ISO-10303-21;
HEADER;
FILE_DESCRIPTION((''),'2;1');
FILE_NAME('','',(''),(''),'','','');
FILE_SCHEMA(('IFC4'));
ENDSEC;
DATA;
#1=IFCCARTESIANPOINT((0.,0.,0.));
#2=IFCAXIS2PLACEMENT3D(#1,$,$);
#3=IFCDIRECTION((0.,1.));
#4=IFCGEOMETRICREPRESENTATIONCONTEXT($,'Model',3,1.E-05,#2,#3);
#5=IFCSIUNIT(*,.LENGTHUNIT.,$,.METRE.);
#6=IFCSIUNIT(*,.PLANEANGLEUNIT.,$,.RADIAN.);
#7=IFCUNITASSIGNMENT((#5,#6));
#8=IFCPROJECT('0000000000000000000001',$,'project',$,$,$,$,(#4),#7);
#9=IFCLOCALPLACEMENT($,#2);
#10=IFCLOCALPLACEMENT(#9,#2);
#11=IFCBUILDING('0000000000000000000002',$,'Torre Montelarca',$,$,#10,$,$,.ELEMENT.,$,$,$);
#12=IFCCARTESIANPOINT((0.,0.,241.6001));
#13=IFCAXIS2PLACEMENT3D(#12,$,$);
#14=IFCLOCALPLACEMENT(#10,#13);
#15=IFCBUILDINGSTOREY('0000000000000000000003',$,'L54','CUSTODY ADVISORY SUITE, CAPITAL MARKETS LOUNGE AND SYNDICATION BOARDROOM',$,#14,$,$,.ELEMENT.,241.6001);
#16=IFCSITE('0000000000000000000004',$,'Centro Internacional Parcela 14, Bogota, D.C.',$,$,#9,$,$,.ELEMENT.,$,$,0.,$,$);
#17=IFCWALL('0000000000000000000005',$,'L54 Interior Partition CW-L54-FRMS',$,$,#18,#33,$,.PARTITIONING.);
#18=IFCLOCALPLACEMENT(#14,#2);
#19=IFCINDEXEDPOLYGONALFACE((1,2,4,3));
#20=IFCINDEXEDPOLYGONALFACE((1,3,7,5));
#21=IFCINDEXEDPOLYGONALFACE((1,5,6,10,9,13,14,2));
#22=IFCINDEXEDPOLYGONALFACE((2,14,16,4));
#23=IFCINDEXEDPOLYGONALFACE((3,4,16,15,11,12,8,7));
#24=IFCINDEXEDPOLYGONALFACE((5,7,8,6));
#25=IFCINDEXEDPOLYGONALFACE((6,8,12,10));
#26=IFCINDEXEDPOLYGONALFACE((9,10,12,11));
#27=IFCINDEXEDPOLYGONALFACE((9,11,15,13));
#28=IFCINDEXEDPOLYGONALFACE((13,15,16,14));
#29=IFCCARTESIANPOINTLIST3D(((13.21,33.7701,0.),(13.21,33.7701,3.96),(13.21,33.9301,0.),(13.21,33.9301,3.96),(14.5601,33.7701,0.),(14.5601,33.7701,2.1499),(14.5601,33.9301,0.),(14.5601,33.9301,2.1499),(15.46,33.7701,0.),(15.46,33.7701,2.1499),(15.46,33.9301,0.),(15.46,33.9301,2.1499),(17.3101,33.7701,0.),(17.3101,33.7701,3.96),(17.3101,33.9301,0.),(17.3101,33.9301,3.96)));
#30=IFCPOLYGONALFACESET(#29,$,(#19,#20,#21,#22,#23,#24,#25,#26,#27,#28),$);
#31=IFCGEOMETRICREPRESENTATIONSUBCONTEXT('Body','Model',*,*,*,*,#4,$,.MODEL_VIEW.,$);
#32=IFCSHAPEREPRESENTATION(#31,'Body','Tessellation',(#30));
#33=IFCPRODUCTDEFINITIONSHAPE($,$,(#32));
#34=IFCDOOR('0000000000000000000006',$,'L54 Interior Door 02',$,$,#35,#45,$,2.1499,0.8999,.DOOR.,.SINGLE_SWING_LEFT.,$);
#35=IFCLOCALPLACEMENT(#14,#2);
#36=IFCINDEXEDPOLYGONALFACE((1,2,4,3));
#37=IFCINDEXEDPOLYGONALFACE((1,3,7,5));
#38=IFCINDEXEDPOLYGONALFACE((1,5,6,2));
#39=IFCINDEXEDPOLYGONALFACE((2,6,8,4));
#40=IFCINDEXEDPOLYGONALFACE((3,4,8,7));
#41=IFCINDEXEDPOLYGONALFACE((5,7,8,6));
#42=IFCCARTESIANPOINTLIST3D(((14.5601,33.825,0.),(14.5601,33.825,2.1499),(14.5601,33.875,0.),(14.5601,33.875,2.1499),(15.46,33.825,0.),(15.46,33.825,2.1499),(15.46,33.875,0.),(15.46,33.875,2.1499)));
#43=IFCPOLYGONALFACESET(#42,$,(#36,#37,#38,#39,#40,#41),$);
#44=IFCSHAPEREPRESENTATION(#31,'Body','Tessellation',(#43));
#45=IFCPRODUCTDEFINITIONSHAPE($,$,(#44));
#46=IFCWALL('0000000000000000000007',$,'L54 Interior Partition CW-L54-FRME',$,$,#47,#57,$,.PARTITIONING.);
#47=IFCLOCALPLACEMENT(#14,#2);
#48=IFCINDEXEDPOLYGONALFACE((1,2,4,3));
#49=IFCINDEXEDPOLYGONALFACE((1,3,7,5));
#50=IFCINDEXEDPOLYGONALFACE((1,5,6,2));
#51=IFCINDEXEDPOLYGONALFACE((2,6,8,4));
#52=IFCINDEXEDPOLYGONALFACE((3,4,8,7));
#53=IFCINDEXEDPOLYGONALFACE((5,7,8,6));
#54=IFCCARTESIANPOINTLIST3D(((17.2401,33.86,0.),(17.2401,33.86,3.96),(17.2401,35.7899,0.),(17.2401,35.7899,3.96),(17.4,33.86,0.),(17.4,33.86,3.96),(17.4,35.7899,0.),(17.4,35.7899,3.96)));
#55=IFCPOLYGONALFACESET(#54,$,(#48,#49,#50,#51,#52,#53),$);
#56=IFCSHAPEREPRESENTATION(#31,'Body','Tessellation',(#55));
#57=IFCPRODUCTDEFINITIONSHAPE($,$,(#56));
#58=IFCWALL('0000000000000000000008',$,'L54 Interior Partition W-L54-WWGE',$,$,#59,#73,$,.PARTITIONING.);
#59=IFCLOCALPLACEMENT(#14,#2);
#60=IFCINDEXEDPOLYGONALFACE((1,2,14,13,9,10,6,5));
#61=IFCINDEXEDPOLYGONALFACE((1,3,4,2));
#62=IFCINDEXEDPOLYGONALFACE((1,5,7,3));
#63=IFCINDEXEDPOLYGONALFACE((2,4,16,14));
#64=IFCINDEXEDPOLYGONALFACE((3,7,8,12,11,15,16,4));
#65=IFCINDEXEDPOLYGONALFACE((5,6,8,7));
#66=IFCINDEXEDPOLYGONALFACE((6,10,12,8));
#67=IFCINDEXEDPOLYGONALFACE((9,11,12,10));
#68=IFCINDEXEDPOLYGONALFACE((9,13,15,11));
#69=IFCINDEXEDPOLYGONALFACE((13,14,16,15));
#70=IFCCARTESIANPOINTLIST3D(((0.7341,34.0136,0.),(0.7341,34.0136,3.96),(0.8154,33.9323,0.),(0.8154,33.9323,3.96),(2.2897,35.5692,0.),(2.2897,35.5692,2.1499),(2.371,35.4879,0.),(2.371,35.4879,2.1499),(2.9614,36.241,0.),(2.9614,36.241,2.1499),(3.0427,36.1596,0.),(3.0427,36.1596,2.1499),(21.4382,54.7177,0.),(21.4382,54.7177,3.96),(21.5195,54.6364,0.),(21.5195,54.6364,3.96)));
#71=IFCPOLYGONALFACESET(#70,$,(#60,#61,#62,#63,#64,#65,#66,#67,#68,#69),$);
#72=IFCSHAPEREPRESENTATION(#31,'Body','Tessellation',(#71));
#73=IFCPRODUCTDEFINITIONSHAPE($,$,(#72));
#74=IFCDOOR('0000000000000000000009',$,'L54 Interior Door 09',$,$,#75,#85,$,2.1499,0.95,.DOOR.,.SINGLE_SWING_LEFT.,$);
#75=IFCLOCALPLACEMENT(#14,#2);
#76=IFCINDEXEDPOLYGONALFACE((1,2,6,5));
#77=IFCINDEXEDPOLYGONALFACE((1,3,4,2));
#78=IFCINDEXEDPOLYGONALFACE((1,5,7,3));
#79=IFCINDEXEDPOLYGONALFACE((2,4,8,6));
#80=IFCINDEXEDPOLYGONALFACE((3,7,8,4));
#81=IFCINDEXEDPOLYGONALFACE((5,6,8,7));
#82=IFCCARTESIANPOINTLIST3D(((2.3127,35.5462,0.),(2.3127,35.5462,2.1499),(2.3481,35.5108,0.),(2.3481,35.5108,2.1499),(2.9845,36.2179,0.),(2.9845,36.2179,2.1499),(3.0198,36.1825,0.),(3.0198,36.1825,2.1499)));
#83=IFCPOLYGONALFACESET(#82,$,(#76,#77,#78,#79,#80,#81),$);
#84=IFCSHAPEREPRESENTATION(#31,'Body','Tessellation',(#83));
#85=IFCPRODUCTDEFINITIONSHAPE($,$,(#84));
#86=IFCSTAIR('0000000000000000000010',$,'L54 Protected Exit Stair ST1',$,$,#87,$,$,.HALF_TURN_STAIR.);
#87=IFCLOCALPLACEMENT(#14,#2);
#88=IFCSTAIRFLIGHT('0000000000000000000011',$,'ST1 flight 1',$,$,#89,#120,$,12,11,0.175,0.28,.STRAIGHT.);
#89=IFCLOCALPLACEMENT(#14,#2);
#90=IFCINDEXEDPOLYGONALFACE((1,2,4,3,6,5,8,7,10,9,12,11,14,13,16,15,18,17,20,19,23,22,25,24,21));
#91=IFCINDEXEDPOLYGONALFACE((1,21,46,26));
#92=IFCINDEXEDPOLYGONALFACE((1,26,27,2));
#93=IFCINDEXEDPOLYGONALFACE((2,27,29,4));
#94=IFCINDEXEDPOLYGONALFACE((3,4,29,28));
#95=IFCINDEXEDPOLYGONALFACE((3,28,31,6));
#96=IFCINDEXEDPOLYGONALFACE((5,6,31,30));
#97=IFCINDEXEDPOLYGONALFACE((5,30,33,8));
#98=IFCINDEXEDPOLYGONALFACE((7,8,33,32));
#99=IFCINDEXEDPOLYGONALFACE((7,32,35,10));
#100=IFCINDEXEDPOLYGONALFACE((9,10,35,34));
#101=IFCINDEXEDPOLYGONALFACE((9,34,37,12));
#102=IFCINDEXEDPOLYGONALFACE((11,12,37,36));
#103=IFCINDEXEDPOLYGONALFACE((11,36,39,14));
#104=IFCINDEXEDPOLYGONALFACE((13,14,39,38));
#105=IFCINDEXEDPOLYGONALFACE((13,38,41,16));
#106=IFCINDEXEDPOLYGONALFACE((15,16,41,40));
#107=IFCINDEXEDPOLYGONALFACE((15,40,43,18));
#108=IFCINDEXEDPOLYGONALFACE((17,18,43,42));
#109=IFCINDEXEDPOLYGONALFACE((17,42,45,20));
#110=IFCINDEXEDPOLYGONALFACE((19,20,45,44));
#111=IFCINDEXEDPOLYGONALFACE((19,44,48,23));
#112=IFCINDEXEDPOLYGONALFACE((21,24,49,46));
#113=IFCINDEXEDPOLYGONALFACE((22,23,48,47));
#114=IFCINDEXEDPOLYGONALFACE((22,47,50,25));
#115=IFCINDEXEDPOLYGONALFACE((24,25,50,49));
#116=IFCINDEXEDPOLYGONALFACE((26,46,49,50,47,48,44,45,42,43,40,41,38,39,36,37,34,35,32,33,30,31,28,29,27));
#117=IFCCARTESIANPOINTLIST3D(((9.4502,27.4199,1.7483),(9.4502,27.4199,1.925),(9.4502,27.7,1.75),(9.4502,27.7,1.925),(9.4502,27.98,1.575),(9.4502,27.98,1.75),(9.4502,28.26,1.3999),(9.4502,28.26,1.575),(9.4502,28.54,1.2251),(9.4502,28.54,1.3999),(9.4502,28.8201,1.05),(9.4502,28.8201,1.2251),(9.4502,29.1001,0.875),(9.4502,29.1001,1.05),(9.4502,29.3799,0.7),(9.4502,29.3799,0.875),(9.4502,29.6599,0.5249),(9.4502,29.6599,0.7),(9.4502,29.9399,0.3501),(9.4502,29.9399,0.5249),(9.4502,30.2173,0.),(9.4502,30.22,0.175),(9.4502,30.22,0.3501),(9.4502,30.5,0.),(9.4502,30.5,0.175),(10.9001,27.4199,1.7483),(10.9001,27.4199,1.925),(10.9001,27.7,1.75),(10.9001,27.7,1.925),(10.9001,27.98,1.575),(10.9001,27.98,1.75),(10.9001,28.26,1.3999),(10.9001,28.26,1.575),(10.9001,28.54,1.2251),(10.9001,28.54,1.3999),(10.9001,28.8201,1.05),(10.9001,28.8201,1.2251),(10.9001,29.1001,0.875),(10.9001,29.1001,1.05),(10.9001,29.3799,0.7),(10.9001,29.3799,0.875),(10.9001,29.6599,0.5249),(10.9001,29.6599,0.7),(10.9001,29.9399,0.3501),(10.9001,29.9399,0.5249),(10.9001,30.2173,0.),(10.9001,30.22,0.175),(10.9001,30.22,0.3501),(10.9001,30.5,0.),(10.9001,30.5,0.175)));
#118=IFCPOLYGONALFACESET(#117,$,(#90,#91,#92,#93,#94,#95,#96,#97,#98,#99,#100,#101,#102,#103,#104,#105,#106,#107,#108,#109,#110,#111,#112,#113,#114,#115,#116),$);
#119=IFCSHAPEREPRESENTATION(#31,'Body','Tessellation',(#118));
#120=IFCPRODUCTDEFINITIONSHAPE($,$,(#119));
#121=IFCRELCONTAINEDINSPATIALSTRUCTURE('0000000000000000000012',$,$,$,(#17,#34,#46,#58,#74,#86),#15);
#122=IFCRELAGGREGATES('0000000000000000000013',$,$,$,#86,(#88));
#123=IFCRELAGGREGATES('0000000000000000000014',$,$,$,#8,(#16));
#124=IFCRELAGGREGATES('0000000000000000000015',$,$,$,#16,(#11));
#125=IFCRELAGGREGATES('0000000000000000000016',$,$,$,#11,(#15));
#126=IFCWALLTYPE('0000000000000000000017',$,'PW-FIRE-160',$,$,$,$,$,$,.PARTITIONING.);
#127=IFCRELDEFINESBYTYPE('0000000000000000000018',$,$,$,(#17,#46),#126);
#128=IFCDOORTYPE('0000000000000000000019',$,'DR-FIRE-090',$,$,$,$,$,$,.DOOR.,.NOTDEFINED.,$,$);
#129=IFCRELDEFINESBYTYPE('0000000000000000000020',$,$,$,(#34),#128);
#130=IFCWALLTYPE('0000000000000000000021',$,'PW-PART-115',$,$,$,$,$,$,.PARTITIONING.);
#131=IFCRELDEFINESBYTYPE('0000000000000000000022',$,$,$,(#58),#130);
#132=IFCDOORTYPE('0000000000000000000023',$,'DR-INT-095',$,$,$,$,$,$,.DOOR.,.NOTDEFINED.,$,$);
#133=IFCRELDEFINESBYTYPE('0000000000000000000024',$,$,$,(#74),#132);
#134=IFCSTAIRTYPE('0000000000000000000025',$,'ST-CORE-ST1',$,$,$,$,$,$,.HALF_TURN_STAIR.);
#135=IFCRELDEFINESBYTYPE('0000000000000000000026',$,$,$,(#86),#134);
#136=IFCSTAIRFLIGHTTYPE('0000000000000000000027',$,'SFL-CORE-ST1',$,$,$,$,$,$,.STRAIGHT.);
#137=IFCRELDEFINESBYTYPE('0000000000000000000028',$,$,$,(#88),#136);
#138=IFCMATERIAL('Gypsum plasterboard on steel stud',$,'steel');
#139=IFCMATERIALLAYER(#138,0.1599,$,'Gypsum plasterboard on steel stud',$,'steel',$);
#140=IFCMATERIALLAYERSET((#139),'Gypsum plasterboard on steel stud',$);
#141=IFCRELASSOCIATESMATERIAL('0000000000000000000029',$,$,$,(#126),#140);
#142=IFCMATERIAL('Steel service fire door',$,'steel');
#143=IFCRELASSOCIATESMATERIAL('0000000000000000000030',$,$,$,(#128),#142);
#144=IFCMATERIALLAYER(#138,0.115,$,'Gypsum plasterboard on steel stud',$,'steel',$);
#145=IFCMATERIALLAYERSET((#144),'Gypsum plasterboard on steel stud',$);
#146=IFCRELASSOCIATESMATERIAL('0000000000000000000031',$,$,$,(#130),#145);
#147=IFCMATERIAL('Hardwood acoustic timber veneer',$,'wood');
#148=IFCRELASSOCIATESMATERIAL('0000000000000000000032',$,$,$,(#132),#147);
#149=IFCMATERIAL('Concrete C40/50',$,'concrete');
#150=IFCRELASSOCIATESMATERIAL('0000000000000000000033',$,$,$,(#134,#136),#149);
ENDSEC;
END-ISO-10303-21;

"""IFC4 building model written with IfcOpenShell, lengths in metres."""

from ifc_helpers import new_model, si_unit, direction, frame, frame_2d, origin, place, context, subcontext, project, spatial, polyline, rectangle, outline, extrude, source, transform, mapped, material, layer, layer_set, type_object, element, fill, aggregate, save


model = new_model("IFC4")

# Units and contexts
model_context = context("Model", 3, precision=1e-05, world=origin(), true_north=direction((0.0, 1.0)))
body_context = subcontext(model_context, "Body", "Model", "MODEL_VIEW")
ifc_project = project(units=[si_unit("LENGTHUNIT", "METRE"), si_unit("PLANEANGLEUNIT", "RADIAN")], contexts=[model_context])

# Site, building, storey
site_placement = place(None, origin())
site = spatial("IfcSite", under=ifc_project, at=site_placement, Name="Centro Internacional Parcela 14, Bogota, D.C.", CompositionType="ELEMENT", RefElevation=0.0)
building_placement = place(site_placement, origin())
building = spatial("IfcBuilding", under=site, at=building_placement, Name="Torre Montelarca", CompositionType="ELEMENT")
storey_placement = place(building_placement, frame((0.0, 0.0, 241.6001)))
storey = spatial("IfcBuildingStorey", under=building, at=storey_placement, Name="L54", Description="CUSTODY ADVISORY SUITE, CAPITAL MARKETS LOUNGE AND SYNDICATION BOARDROOM", CompositionType="ELEMENT", Elevation=241.6001)

# Shared definitions
ifc_material_1 = material(Name="Concrete C40/50", Category="concrete")

# Shared definitions
ifc_material_2 = material(Name="Gypsum plasterboard on steel stud", Category="steel")
ifc_layer_1 = layer(ifc_material_2, 0.1599, Name="Gypsum plasterboard on steel stud", Category="steel")
ifc_layer_set_1 = layer_set([ifc_layer_1], Name="Gypsum plasterboard on steel stud")
wall_type_1 = type_object("IfcWallType", Name="PW-FIRE-160", PredefinedType="PARTITIONING", material=ifc_layer_set_1)
ifc_material_3 = material(Name="Steel service fire door", Category="steel")
door_type_1 = type_object("IfcDoorType", Name="DR-FIRE-090", OperationType="NOTDEFINED", PredefinedType="DOOR", material=ifc_material_3)
shared_shape_1 = source(origin(), body_context, "Body", "SweptSolid", [
    extrude(rectangle(XDim=0.8999, YDim=2.1499, at=frame_2d((0.45, 1.075))), frame((0.0, 0.0249, 0.0), z_axis=(0.0, -1.0, 0.0), x_axis=(1.0, 0.0, 0.0)), (0.0, 0.0, 1.0), 0.05),
])

# Wall, opening, door
wall_1_placement = place(storey_placement, frame((13.21, 33.8501, 0.0), z_axis=(0.0, 0.0, 1.0), x_axis=(1.0, 0.0, 0.0)))
wall_1 = element("IfcWall", 1, at=wall_1_placement, inside=storey, type_object=wall_type_1, Name="L54 Interior Partition CW-L54-FRMS", PredefinedType="PARTITIONING", context=body_context, shape_type="SweptSolid", body=[
    extrude(rectangle(XDim=4.1001, YDim=0.1599, at=frame_2d((2.05, 0.0))), origin(), (0.0, 0.0, 1.0), 3.96),
])
opening_1_placement = place(wall_1_placement, frame((1.3501, 0.0, 0.0)))
opening_1 = element("IfcOpeningElement", 2, at=opening_1_placement, cuts=wall_1, PredefinedType="OPENING", context=body_context, shape_type="SweptSolid", body=[
    extrude(rectangle(XDim=0.8999, YDim=2.1499, at=frame_2d((0.45, 1.075))), frame((0.0, 0.0898, 0.0), z_axis=(0.0, -1.0, 0.0), x_axis=(1.0, 0.0, 0.0)), (0.0, 0.0, 1.0), 0.1799),
])
door_1_placement = place(opening_1_placement, origin())
door_1 = element("IfcDoor", 3, at=door_1_placement, inside=storey, type_object=door_type_1, Name="L54 Interior Door 02", OperationType="SINGLE_SWING_LEFT", OverallHeight=2.1499, OverallWidth=0.8999, PredefinedType="DOOR", context=body_context, shape_type="MappedRepresentation", body=[
    mapped(shared_shape_1, transform((0.0, 0.0, 0.0), scale=1.0)),
])
fill(opening_1, door_1)

# Wall
wall_2_placement = place(storey_placement, frame((17.3201, 33.8601, 0.0), z_axis=(0.0, 0.0, 1.0), x_axis=(0.0, 1.0, 0.0)))
element("IfcWall", 4, at=wall_2_placement, inside=storey, type_object=wall_type_1, Name="L54 Interior Partition CW-L54-FRME", PredefinedType="PARTITIONING", context=body_context, shape_type="SweptSolid", body=[
    extrude(rectangle(XDim=1.9299, YDim=0.1599, at=frame_2d((0.9648, 0.0))), origin(), (0.0, 0.0, 1.0), 3.96),
])

# Wall, opening, door
ifc_layer_2 = layer(ifc_material_2, 0.115, Name="Gypsum plasterboard on steel stud", Category="steel")
ifc_layer_set_2 = layer_set([ifc_layer_2], Name="Gypsum plasterboard on steel stud")
wall_type_2 = type_object("IfcWallType", Name="PW-PART-115", PredefinedType="PARTITIONING", material=ifc_layer_set_2)
wall_3_placement = place(storey_placement, frame((0.7747, 33.9729, 0.0), z_axis=(0.0, 0.0, 1.0), x_axis=(0.707107, 0.707107, 0.0)))
wall_3 = element("IfcWall", 5, at=wall_3_placement, inside=storey, type_object=wall_type_2, Name="L54 Interior Partition W-L54-WWGE", PredefinedType="PARTITIONING", context=body_context, shape_type="SweptSolid", body=[
    extrude(rectangle(XDim=29.28, YDim=0.115, at=frame_2d((14.6401, 0.0))), origin(), (0.0, 0.0, 1.0), 3.96),
])
opening_2_placement = place(wall_3_placement, frame((2.2, 0.0, 0.0)))
opening_2 = element("IfcOpeningElement", 6, at=opening_2_placement, cuts=wall_3, PredefinedType="OPENING", context=body_context, shape_type="SweptSolid", body=[
    extrude(rectangle(XDim=0.95, YDim=2.1499, at=frame_2d((0.4751, 1.075))), frame((0.0, 0.0674, 0.0), z_axis=(0.0, -1.0, 0.0), x_axis=(1.0, 0.0, 0.0)), (0.0, 0.0, 1.0), 0.135),
])
ifc_material_4 = material(Name="Hardwood acoustic timber veneer", Category="wood")
door_type_2 = type_object("IfcDoorType", Name="DR-INT-095", OperationType="NOTDEFINED", PredefinedType="DOOR", material=ifc_material_4)
shared_shape_2 = source(origin(), body_context, "Body", "SweptSolid", [
    extrude(rectangle(XDim=0.95, YDim=2.1499, at=frame_2d((0.4751, 1.075))), frame((0.0, 0.0249, 0.0), z_axis=(0.0, -1.0, 0.0), x_axis=(1.0, 0.0, 0.0)), (0.0, 0.0, 1.0), 0.05),
])
door_2_placement = place(opening_2_placement, origin())
door_2 = element("IfcDoor", 7, at=door_2_placement, inside=storey, type_object=door_type_2, Name="L54 Interior Door 09", OperationType="SINGLE_SWING_LEFT", OverallHeight=2.1499, OverallWidth=0.95, PredefinedType="DOOR", context=body_context, shape_type="MappedRepresentation", body=[
    mapped(shared_shape_2, transform((0.0, 0.0, 0.0), scale=1.0)),
])
fill(opening_2, door_2)

# Stair, stair flight
stair_type = type_object("IfcStairType", Name="ST-CORE-ST1", PredefinedType="HALF_TURN_STAIR", material=ifc_material_1)
stair_placement = place(storey_placement, origin())
stair = element("IfcStair", 8, at=stair_placement, inside=storey, type_object=stair_type, Name="L54 Protected Exit Stair ST1", PredefinedType="HALF_TURN_STAIR")
stair_flight_type = type_object("IfcStairFlightType", Name="SFL-CORE-ST1", PredefinedType="STRAIGHT", material=ifc_material_1)
stair_flight_placement = place(storey_placement, frame((10.175, 30.5, 0.0), z_axis=(0.0, 0.0, 1.0), x_axis=(0.0, -1.0, 0.0)))
stair_flight = element("IfcStairFlight", 9, at=stair_flight_placement, type_object=stair_flight_type, Name="ST1 flight 1", NumberOfRisers=12, NumberOfTreads=11, PredefinedType="STRAIGHT", RiserHeight=0.175, TreadLength=0.28, context=body_context, shape_type="SweptSolid", body=[
    extrude(outline(polyline([(0.0, 0.0), (0.0, 0.175), (0.28, 0.175), (0.28, 0.3501), (0.5601, 0.3501), (0.5601, 0.5249), (0.8401, 0.5249), (0.8401, 0.7), (1.1201, 0.7), (1.1201, 0.875), (1.3999, 0.875), (1.3999, 1.05), (1.6799, 1.05), (1.6799, 1.2251), (1.96, 1.2251), (1.96, 1.3999), (2.24, 1.3999), (2.24, 1.575), (2.52, 1.575), (2.52, 1.75), (2.8, 1.75), (2.8, 1.925), (3.0801, 1.925), (3.0801, 2.1001), (3.0801, 1.7483), (0.2827, 0.0), (0.0, 0.0)])), frame((0.0, 0.7251, 0.0), z_axis=(0.0, -1.0, 0.0), x_axis=(1.0, 0.0, 0.0)), (0.0, 0.0, 1.0), 1.45),
])
aggregate(stair, [stair_flight])

save(model, "model.ifc")
